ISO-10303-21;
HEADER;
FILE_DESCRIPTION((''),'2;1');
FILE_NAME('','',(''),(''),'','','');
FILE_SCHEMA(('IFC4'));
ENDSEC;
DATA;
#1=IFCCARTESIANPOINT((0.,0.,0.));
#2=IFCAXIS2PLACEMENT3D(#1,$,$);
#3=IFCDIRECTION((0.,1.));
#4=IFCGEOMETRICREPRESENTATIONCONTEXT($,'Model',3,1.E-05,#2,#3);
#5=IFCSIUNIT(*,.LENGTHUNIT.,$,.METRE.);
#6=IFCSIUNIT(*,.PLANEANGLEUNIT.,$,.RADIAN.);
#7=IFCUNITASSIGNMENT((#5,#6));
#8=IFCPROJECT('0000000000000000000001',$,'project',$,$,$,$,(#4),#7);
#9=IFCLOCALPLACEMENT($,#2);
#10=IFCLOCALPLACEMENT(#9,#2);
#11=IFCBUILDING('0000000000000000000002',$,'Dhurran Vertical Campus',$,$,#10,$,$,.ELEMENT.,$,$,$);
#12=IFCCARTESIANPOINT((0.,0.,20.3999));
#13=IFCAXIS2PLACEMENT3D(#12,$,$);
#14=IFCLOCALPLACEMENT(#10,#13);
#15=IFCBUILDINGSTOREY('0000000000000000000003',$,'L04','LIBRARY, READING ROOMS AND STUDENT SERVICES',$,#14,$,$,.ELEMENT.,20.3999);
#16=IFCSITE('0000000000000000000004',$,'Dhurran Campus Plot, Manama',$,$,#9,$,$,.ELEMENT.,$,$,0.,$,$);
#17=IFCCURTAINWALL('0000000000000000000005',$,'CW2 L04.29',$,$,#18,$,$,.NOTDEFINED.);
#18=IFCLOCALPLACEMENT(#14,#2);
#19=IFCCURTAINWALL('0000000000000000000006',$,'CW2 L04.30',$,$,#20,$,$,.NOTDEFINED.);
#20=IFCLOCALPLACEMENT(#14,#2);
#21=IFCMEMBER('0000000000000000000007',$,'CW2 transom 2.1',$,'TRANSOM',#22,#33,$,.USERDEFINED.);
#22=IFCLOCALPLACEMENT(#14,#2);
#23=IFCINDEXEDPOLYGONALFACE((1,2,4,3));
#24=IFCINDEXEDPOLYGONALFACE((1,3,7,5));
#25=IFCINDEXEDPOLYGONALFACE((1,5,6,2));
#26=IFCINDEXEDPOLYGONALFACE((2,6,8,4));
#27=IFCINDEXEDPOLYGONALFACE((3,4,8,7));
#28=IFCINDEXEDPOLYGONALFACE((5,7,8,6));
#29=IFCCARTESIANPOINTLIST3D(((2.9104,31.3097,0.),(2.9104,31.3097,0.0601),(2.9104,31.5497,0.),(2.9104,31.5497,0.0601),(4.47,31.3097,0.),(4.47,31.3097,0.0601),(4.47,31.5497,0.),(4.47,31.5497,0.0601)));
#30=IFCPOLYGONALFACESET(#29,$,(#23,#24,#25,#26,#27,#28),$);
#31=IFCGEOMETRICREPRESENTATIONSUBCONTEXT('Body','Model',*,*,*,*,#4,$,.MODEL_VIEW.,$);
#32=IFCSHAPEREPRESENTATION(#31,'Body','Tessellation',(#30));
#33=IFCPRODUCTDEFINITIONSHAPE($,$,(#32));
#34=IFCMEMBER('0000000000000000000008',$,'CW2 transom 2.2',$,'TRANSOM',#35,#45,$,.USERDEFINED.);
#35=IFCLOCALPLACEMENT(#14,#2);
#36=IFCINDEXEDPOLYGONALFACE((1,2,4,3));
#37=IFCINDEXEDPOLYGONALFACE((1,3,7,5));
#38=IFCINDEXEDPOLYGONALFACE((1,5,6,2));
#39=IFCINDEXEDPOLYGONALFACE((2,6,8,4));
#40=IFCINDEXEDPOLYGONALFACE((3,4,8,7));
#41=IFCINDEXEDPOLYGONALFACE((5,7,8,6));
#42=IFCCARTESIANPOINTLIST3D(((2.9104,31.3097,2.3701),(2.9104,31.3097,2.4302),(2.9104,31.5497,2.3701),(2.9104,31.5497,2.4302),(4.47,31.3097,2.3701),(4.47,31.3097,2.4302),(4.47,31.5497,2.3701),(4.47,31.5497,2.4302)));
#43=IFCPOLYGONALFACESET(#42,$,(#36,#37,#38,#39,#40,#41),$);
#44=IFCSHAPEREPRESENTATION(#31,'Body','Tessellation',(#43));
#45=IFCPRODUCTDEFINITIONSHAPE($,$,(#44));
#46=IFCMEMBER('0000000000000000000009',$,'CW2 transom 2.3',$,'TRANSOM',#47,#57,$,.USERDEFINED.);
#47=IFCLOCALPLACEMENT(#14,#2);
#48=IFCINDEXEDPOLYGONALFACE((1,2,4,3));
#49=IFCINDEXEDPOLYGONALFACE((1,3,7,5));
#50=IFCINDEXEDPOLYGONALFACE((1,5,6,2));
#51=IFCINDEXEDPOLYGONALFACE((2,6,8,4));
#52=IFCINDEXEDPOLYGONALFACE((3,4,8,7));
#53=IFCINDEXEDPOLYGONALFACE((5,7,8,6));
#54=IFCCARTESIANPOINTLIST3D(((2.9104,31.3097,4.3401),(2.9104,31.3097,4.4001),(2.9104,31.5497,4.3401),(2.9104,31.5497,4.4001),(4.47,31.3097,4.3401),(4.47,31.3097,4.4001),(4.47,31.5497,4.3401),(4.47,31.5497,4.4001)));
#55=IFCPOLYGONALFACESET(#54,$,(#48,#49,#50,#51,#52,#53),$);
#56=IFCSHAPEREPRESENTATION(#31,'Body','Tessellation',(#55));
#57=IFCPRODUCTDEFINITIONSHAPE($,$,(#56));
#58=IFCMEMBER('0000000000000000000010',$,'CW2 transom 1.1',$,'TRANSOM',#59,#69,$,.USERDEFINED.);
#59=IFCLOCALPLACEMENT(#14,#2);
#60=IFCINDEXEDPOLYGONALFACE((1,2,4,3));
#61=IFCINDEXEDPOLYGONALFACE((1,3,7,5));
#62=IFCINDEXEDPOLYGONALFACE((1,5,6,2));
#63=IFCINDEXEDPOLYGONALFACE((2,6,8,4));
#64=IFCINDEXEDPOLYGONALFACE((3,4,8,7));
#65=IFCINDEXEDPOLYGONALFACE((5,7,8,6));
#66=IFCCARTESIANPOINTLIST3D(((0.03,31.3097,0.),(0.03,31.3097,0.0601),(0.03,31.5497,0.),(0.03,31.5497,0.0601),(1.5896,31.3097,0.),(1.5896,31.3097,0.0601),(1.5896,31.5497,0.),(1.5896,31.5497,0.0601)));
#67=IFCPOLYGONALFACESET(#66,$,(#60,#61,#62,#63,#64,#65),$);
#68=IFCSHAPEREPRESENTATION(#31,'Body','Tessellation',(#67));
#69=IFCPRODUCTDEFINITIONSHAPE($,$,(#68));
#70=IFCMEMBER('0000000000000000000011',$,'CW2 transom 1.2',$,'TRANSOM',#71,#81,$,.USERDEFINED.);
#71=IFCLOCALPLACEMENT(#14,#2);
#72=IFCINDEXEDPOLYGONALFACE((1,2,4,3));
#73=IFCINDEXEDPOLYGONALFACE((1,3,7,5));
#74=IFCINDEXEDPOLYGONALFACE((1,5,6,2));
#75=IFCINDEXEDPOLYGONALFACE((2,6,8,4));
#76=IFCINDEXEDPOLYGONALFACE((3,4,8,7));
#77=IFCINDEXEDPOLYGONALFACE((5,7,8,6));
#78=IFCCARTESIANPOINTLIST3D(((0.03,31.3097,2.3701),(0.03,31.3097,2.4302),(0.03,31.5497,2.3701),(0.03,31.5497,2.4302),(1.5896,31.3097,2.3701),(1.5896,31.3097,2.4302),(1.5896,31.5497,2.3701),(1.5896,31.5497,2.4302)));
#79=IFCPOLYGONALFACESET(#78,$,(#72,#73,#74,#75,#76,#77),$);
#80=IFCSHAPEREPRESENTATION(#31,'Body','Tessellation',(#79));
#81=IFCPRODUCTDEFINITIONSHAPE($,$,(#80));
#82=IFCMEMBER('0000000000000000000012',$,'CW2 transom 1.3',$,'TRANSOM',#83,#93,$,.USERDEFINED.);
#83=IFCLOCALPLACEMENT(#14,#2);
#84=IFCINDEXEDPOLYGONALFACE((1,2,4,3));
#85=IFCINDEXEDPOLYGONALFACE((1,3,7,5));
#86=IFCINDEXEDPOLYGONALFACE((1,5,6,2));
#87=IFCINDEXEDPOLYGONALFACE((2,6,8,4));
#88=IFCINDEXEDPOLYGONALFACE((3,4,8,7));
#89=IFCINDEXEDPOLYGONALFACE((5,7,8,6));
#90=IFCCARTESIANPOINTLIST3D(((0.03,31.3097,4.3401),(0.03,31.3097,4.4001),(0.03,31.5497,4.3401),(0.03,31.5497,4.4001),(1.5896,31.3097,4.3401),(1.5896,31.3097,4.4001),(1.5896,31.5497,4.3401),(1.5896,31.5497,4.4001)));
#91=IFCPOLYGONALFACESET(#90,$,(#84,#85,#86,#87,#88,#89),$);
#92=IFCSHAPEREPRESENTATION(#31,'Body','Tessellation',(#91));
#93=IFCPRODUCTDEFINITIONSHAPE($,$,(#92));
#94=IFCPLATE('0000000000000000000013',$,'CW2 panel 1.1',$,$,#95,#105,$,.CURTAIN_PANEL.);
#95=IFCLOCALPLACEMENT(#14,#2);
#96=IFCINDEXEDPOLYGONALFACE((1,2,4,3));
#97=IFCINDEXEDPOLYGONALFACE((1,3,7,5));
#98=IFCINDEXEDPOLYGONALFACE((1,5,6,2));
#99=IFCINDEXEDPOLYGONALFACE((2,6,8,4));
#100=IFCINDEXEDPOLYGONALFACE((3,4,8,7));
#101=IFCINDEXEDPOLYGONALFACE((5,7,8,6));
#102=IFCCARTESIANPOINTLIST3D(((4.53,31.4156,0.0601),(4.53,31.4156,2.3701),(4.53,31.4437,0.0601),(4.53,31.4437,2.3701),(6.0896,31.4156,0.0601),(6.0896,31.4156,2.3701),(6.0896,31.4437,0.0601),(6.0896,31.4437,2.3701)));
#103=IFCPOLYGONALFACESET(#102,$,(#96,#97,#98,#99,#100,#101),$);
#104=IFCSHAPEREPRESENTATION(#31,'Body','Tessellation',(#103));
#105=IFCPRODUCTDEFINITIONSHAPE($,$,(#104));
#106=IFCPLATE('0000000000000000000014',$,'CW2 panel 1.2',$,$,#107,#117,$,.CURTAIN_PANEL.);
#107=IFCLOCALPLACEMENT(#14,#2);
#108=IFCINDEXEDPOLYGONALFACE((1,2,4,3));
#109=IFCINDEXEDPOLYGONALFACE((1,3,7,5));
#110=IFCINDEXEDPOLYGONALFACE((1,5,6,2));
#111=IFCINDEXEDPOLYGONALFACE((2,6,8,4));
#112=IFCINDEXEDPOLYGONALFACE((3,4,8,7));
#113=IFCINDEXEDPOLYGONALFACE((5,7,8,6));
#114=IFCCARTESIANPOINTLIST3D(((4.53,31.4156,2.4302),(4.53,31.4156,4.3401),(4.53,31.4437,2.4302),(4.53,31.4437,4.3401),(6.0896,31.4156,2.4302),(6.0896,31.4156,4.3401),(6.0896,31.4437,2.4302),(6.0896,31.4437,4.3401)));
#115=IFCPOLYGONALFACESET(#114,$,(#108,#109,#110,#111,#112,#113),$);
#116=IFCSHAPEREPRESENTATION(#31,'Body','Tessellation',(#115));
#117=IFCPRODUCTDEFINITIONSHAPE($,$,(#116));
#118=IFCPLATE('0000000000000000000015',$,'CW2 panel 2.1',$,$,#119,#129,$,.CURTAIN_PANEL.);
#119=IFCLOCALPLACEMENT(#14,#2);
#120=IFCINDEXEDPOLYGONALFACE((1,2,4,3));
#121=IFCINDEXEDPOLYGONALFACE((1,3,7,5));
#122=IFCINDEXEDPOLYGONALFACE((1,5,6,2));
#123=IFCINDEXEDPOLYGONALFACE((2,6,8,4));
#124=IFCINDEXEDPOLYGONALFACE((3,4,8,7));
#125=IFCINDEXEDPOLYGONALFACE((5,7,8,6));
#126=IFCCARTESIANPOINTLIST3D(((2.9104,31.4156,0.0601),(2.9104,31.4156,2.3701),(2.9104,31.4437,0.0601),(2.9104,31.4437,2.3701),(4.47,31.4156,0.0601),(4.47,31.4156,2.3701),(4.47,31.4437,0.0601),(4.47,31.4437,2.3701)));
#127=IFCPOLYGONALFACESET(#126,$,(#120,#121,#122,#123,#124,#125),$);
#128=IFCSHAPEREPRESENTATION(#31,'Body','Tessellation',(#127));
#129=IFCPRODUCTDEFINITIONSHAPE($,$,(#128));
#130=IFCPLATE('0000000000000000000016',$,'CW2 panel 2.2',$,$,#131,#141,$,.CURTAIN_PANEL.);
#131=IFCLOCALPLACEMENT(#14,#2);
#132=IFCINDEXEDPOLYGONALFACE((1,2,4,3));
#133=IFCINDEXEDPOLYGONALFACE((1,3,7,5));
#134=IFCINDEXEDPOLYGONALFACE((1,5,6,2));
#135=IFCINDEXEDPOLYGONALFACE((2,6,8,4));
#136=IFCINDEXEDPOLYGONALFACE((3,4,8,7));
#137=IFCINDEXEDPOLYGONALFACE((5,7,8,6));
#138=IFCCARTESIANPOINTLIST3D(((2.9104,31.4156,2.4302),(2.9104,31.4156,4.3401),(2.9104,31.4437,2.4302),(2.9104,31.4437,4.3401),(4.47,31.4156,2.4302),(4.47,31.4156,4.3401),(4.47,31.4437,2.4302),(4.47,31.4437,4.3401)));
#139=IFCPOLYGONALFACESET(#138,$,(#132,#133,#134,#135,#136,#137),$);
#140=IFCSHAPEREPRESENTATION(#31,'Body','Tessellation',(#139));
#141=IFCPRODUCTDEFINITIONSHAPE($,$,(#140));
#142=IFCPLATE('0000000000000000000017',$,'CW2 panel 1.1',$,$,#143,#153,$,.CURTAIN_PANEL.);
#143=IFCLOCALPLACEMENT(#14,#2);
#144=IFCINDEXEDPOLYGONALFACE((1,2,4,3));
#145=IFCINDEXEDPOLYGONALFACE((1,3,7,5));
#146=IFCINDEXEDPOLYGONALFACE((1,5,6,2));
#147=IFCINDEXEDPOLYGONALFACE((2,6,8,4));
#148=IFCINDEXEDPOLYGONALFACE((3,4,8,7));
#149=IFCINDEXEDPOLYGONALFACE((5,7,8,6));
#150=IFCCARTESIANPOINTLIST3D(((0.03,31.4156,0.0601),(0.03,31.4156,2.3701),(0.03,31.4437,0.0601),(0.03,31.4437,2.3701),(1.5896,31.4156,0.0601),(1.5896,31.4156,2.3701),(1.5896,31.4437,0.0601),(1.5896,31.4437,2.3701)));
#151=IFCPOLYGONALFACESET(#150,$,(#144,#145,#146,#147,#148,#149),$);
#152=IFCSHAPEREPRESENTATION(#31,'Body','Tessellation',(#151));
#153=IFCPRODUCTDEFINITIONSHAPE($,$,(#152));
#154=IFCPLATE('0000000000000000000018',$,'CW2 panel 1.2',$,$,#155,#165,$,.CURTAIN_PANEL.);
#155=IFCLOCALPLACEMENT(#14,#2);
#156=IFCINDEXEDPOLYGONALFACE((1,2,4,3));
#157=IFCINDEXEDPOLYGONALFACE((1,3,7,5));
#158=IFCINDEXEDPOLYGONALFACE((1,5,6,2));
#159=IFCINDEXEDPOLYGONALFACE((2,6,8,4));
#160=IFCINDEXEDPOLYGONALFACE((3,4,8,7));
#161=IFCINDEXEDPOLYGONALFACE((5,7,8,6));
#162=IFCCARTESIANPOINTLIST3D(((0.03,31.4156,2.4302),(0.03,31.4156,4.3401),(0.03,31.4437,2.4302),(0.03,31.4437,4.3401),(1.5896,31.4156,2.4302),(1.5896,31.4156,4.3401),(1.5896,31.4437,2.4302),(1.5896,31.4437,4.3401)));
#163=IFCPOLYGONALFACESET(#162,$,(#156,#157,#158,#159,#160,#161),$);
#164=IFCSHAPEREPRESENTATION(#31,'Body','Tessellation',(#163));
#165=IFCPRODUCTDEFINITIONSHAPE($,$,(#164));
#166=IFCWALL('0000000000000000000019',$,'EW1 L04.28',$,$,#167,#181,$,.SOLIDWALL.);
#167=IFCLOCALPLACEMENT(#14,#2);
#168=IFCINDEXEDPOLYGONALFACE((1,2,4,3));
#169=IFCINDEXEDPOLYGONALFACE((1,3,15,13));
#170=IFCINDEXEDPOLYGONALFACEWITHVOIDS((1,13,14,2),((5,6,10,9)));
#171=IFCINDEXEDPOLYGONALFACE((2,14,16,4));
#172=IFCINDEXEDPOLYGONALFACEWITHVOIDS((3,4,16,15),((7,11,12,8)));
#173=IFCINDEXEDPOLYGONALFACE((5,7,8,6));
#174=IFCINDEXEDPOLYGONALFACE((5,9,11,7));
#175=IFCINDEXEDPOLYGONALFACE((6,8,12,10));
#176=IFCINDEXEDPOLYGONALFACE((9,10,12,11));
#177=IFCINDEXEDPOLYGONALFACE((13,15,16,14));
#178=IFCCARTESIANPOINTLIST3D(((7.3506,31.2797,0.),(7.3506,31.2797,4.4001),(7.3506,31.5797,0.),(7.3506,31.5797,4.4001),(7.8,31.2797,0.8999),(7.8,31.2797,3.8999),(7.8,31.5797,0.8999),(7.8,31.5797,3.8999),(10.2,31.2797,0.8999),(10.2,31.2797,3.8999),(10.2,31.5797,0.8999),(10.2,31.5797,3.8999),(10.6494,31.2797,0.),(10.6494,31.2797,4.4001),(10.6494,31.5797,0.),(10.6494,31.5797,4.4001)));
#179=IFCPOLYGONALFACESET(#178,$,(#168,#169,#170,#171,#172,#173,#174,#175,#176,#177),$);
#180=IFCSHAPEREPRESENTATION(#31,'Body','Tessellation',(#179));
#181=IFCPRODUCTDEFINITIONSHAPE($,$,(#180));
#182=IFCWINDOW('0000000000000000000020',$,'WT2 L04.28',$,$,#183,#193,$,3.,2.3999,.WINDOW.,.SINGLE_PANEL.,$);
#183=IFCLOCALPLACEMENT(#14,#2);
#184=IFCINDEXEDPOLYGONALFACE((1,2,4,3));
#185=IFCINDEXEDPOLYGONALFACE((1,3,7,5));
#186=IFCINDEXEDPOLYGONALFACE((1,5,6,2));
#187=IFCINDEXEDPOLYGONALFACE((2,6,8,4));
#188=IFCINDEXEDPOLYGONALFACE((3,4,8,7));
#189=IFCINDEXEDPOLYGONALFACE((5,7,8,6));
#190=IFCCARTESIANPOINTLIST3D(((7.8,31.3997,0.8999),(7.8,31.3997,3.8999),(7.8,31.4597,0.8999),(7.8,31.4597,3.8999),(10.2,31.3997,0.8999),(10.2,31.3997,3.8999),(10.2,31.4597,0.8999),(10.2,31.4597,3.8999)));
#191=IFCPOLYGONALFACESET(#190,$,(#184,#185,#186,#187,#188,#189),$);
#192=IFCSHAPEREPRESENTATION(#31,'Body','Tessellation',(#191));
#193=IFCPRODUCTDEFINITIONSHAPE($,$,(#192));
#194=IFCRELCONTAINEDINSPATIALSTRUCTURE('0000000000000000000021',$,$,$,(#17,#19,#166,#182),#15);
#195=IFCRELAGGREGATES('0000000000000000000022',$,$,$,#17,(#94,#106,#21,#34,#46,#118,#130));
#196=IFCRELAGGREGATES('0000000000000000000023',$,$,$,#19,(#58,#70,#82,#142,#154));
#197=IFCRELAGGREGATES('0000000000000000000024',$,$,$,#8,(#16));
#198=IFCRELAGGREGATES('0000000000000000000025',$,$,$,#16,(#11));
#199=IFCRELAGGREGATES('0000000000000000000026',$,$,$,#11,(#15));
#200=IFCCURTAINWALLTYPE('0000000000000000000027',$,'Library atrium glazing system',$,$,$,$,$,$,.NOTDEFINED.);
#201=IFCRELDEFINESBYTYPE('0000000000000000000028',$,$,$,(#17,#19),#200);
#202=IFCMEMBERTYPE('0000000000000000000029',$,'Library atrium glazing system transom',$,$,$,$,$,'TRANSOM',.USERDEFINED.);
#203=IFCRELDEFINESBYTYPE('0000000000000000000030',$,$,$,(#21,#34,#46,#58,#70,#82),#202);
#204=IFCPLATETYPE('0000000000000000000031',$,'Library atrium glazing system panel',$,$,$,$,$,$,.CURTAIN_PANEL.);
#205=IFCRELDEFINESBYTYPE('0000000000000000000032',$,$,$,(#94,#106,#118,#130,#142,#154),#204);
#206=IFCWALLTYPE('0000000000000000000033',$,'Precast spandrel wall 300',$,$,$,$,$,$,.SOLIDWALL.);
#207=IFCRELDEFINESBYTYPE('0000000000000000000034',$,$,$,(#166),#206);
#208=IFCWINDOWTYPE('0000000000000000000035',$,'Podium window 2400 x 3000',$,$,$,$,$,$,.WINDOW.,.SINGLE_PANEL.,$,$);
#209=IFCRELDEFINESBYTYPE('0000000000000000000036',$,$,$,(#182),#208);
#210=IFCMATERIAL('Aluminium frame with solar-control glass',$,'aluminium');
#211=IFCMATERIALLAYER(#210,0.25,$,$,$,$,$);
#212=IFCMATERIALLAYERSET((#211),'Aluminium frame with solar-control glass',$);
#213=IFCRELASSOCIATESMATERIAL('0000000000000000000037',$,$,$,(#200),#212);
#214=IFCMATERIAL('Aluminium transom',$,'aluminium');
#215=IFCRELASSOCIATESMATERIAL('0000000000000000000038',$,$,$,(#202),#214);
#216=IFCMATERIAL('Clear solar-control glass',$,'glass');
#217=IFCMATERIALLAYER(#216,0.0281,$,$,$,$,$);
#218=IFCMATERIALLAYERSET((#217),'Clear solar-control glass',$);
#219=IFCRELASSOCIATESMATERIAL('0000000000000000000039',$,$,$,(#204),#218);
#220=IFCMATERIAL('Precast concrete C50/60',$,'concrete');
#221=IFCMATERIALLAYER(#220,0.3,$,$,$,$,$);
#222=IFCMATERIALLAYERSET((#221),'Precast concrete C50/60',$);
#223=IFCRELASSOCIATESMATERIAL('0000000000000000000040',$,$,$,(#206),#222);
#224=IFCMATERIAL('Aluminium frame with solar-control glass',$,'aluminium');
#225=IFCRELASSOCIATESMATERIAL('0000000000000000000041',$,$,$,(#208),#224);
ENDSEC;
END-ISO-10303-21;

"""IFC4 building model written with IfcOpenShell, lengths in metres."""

from ifc_helpers import new_model, si_unit, direction, frame, frame_2d, origin, origin_2d, place, context, subcontext, project, spatial, rectangle, extrude, material, layer, layer_set, material_profile, profile_set, type_object, element, fill, aggregate, save


model = new_model("IFC4")

# Units and contexts
model_context = context("Model", 3, precision=1e-05, world=origin(), true_north=direction((0.0, 1.0)))
body_context = subcontext(model_context, "Body", "Model", "MODEL_VIEW")
ifc_project = project(units=[si_unit("LENGTHUNIT", "METRE"), si_unit("PLANEANGLEUNIT", "RADIAN")], contexts=[model_context])

# Site, building, storey
site_placement = place(None, origin())
site = spatial("IfcSite", under=ifc_project, at=site_placement, Name="Dhurran Campus Plot, Manama", CompositionType="ELEMENT", RefElevation=0.0)
building_placement = place(site_placement, origin())
building = spatial("IfcBuilding", under=site, at=building_placement, Name="Dhurran Vertical Campus", CompositionType="ELEMENT")
storey_placement = place(building_placement, frame((0.0, 0.0, 20.3999)))
storey = spatial("IfcBuildingStorey", under=building, at=storey_placement, Name="L04", Description="LIBRARY, READING ROOMS AND STUDENT SERVICES", CompositionType="ELEMENT", Elevation=20.3999)

# Curtain wall
ifc_material_1 = material(Name="Aluminium frame with solar-control glass", Category="aluminium")
ifc_layer_1 = layer(ifc_material_1, 0.25)
ifc_layer_set_1 = layer_set([ifc_layer_1], Name="Aluminium frame with solar-control glass")
curtain_wall_type = type_object("IfcCurtainWallType", Name="Library atrium glazing system", PredefinedType="NOTDEFINED", material=ifc_layer_set_1)
curtain_wall_1_placement = place(storey_placement, origin())
curtain_wall_1 = element("IfcCurtainWall", 1, at=curtain_wall_1_placement, inside=storey, type_object=curtain_wall_type, Name="CW2 L04.29", PredefinedType="NOTDEFINED")

# Curtain wall
curtain_wall_2_placement = place(storey_placement, origin())
curtain_wall_2 = element("IfcCurtainWall", 2, at=curtain_wall_2_placement, inside=storey, type_object=curtain_wall_type, Name="CW2 L04.30", PredefinedType="NOTDEFINED")

# Members
ifc_material_2 = material(Name="Aluminium transom", Category="aluminium")
ifc_material_profile_1 = material_profile(ifc_material_2, rectangle(XDim=0.24, YDim=0.0601, at=origin_2d()), Name="Library atrium glazing system transom")
ifc_profile_set_1 = profile_set([ifc_material_profile_1], Name="Aluminium transom")
member_type_1 = type_object("IfcMemberType", Name="Library atrium glazing system transom", ElementType="TRANSOM", PredefinedType="USERDEFINED", material=ifc_profile_set_1)
member_1_placement = place(storey_placement, frame((4.47, 31.4297, 0.03), z_axis=(-1.0, 0.0, 0.0), x_axis=(0.0, -1.0, 0.0)))
member_1 = element("IfcMember", 3, at=member_1_placement, type_object=member_type_1, Name="CW2 transom 2.1", ObjectType="TRANSOM", PredefinedType="USERDEFINED", context=body_context, shape_type="SweptSolid", body=[
    extrude(rectangle(XDim=0.24, YDim=0.0601, at=origin_2d()), origin(), (0.0, 0.0, 1.0), 1.5596),
])
member_2_placement = place(storey_placement, frame((4.47, 31.4297, 2.4001), z_axis=(-1.0, 0.0, 0.0), x_axis=(0.0, -1.0, 0.0)))
member_2 = element("IfcMember", 4, at=member_2_placement, type_object=member_type_1, Name="CW2 transom 2.2", ObjectType="TRANSOM", PredefinedType="USERDEFINED", context=body_context, shape_type="SweptSolid", body=[
    extrude(rectangle(XDim=0.24, YDim=0.0601, at=origin_2d()), origin(), (0.0, 0.0, 1.0), 1.5596),
])
member_3_placement = place(storey_placement, frame((4.47, 31.4297, 4.3701), z_axis=(-1.0, 0.0, 0.0), x_axis=(0.0, -1.0, 0.0)))
member_3 = element("IfcMember", 5, at=member_3_placement, type_object=member_type_1, Name="CW2 transom 2.3", ObjectType="TRANSOM", PredefinedType="USERDEFINED", context=body_context, shape_type="SweptSolid", body=[
    extrude(rectangle(XDim=0.24, YDim=0.0601, at=origin_2d()), origin(), (0.0, 0.0, 1.0), 1.5596),
])
member_4_placement = place(storey_placement, frame((1.5896, 31.4297, 0.03), z_axis=(-1.0, 0.0, 0.0), x_axis=(0.0, -1.0, 0.0)))
member_4 = element("IfcMember", 6, at=member_4_placement, type_object=member_type_1, Name="CW2 transom 1.1", ObjectType="TRANSOM", PredefinedType="USERDEFINED", context=body_context, shape_type="SweptSolid", body=[
    extrude(rectangle(XDim=0.24, YDim=0.0601, at=origin_2d()), origin(), (0.0, 0.0, 1.0), 1.5596),
])
member_5_placement = place(storey_placement, frame((1.5896, 31.4297, 2.4001), z_axis=(-1.0, 0.0, 0.0), x_axis=(0.0, -1.0, 0.0)))
member_5 = element("IfcMember", 7, at=member_5_placement, type_object=member_type_1, Name="CW2 transom 1.2", ObjectType="TRANSOM", PredefinedType="USERDEFINED", context=body_context, shape_type="SweptSolid", body=[
    extrude(rectangle(XDim=0.24, YDim=0.0601, at=origin_2d()), origin(), (0.0, 0.0, 1.0), 1.5596),
])
member_6_placement = place(storey_placement, frame((1.5896, 31.4297, 4.3701), z_axis=(-1.0, 0.0, 0.0), x_axis=(0.0, -1.0, 0.0)))
member_6 = element("IfcMember", 8, at=member_6_placement, type_object=member_type_1, Name="CW2 transom 1.3", ObjectType="TRANSOM", PredefinedType="USERDEFINED", context=body_context, shape_type="SweptSolid", body=[
    extrude(rectangle(XDim=0.24, YDim=0.0601, at=origin_2d()), origin(), (0.0, 0.0, 1.0), 1.5596),
])

# Plates
ifc_material_3 = material(Name="Clear solar-control glass", Category="glass")
ifc_layer_2 = layer(ifc_material_3, 0.0281)
ifc_layer_set_2 = layer_set([ifc_layer_2], Name="Clear solar-control glass")
plate_type = type_object("IfcPlateType", Name="Library atrium glazing system panel", PredefinedType="CURTAIN_PANEL", material=ifc_layer_set_2)
plate_1_placement = place(storey_placement, frame((5.3098, 31.4297, 0.0601), z_axis=(0.0, 0.0, 1.0), x_axis=(-1.0, 0.0, 0.0)))
plate_1 = element("IfcPlate", 9, at=plate_1_placement, type_object=plate_type, Name="CW2 panel 1.1", PredefinedType="CURTAIN_PANEL", context=body_context, shape_type="SweptSolid", body=[
    extrude(rectangle(XDim=1.5596, YDim=0.0281, at=origin_2d()), origin(), (0.0, 0.0, 1.0), 2.3101),
])
plate_2_placement = place(storey_placement, frame((5.3098, 31.4297, 2.4302), z_axis=(0.0, 0.0, 1.0), x_axis=(-1.0, 0.0, 0.0)))
plate_2 = element("IfcPlate", 10, at=plate_2_placement, type_object=plate_type, Name="CW2 panel 1.2", PredefinedType="CURTAIN_PANEL", context=body_context, shape_type="SweptSolid", body=[
    extrude(rectangle(XDim=1.5596, YDim=0.0281, at=origin_2d()), origin(), (0.0, 0.0, 1.0), 1.9099),
])
plate_3_placement = place(storey_placement, frame((3.6902, 31.4297, 0.0601), z_axis=(0.0, 0.0, 1.0), x_axis=(-1.0, 0.0, 0.0)))
plate_3 = element("IfcPlate", 11, at=plate_3_placement, type_object=plate_type, Name="CW2 panel 2.1", PredefinedType="CURTAIN_PANEL", context=body_context, shape_type="SweptSolid", body=[
    extrude(rectangle(XDim=1.5596, YDim=0.0281, at=origin_2d()), origin(), (0.0, 0.0, 1.0), 2.3101),
])
plate_4_placement = place(storey_placement, frame((3.6902, 31.4297, 2.4302), z_axis=(0.0, 0.0, 1.0), x_axis=(-1.0, 0.0, 0.0)))
plate_4 = element("IfcPlate", 12, at=plate_4_placement, type_object=plate_type, Name="CW2 panel 2.2", PredefinedType="CURTAIN_PANEL", context=body_context, shape_type="SweptSolid", body=[
    extrude(rectangle(XDim=1.5596, YDim=0.0281, at=origin_2d()), origin(), (0.0, 0.0, 1.0), 1.9099),
])
aggregate(curtain_wall_1, [plate_1, plate_2, member_1, member_2, member_3, plate_3, plate_4])
plate_5_placement = place(storey_placement, frame((0.8098, 31.4297, 0.0601), z_axis=(0.0, 0.0, 1.0), x_axis=(-1.0, 0.0, 0.0)))
plate_5 = element("IfcPlate", 13, at=plate_5_placement, type_object=plate_type, Name="CW2 panel 1.1", PredefinedType="CURTAIN_PANEL", context=body_context, shape_type="SweptSolid", body=[
    extrude(rectangle(XDim=1.5596, YDim=0.0281, at=origin_2d()), origin(), (0.0, 0.0, 1.0), 2.3101),
])
plate_6_placement = place(storey_placement, frame((0.8098, 31.4297, 2.4302), z_axis=(0.0, 0.0, 1.0), x_axis=(-1.0, 0.0, 0.0)))
plate_6 = element("IfcPlate", 14, at=plate_6_placement, type_object=plate_type, Name="CW2 panel 1.2", PredefinedType="CURTAIN_PANEL", context=body_context, shape_type="SweptSolid", body=[
    extrude(rectangle(XDim=1.5596, YDim=0.0281, at=origin_2d()), origin(), (0.0, 0.0, 1.0), 1.9099),
])
aggregate(curtain_wall_2, [member_4, member_5, member_6, plate_5, plate_6])

# Wall, opening, window
ifc_material_4 = material(Name="Precast concrete C50/60", Category="concrete")
ifc_layer_3 = layer(ifc_material_4, 0.3)
ifc_layer_set_3 = layer_set([ifc_layer_3], Name="Precast concrete C50/60")
wall_type_1 = type_object("IfcWallType", Name="Precast spandrel wall 300", PredefinedType="SOLIDWALL", material=ifc_layer_set_3)
wall_1_placement = place(storey_placement, frame((10.6494, 31.4297, 0.0), z_axis=(0.0, 0.0, 1.0), x_axis=(-1.0, 0.0, 0.0)))
wall_1 = element("IfcWall", 15, at=wall_1_placement, inside=storey, type_object=wall_type_1, Name="EW1 L04.28", PredefinedType="SOLIDWALL", context=body_context, shape_type="SweptSolid", body=[
    extrude(rectangle(XDim=3.2988, YDim=0.3, at=frame_2d((1.6494, 0.0))), origin(), (0.0, 0.0, 1.0), 4.4001),
])
opening_1_placement = place(wall_1_placement, frame((0.4495, 0.0, 0.8999)))
opening_1 = element("IfcOpeningElement", 16, at=opening_1_placement, cuts=wall_1, PredefinedType="OPENING", context=body_context, shape_type="SweptSolid", body=[
    extrude(rectangle(XDim=2.3999, YDim=3.0, at=frame_2d((1.2, 1.5))), frame((0.0, 0.1599, 0.0), z_axis=(0.0, -1.0, 0.0), x_axis=(1.0, 0.0, 0.0)), (0.0, 0.0, 1.0), 0.3201),
])
ifc_material_5 = material(Name="Aluminium frame with solar-control glass", Category="aluminium")
window_type = type_object("IfcWindowType", Name="Podium window 2400 x 3000", PartitioningType="SINGLE_PANEL", PredefinedType="WINDOW", material=ifc_material_5)
window_placement = place(opening_1_placement, origin())
window = element("IfcWindow", 17, at=window_placement, inside=storey, type_object=window_type, Name="WT2 L04.28", OverallHeight=3.0, OverallWidth=2.3999, PartitioningType="SINGLE_PANEL", PredefinedType="WINDOW", context=body_context, shape_type="SweptSolid", body=[
    extrude(rectangle(XDim=2.3999, YDim=3.0, at=frame_2d((1.2, 1.5))), frame((0.0, 0.03, 0.0), z_axis=(0.0, -1.0, 0.0), x_axis=(1.0, 0.0, 0.0)), (0.0, 0.0, 1.0), 0.0601),
])
fill(opening_1, window)

save(model, "model.ifc")
